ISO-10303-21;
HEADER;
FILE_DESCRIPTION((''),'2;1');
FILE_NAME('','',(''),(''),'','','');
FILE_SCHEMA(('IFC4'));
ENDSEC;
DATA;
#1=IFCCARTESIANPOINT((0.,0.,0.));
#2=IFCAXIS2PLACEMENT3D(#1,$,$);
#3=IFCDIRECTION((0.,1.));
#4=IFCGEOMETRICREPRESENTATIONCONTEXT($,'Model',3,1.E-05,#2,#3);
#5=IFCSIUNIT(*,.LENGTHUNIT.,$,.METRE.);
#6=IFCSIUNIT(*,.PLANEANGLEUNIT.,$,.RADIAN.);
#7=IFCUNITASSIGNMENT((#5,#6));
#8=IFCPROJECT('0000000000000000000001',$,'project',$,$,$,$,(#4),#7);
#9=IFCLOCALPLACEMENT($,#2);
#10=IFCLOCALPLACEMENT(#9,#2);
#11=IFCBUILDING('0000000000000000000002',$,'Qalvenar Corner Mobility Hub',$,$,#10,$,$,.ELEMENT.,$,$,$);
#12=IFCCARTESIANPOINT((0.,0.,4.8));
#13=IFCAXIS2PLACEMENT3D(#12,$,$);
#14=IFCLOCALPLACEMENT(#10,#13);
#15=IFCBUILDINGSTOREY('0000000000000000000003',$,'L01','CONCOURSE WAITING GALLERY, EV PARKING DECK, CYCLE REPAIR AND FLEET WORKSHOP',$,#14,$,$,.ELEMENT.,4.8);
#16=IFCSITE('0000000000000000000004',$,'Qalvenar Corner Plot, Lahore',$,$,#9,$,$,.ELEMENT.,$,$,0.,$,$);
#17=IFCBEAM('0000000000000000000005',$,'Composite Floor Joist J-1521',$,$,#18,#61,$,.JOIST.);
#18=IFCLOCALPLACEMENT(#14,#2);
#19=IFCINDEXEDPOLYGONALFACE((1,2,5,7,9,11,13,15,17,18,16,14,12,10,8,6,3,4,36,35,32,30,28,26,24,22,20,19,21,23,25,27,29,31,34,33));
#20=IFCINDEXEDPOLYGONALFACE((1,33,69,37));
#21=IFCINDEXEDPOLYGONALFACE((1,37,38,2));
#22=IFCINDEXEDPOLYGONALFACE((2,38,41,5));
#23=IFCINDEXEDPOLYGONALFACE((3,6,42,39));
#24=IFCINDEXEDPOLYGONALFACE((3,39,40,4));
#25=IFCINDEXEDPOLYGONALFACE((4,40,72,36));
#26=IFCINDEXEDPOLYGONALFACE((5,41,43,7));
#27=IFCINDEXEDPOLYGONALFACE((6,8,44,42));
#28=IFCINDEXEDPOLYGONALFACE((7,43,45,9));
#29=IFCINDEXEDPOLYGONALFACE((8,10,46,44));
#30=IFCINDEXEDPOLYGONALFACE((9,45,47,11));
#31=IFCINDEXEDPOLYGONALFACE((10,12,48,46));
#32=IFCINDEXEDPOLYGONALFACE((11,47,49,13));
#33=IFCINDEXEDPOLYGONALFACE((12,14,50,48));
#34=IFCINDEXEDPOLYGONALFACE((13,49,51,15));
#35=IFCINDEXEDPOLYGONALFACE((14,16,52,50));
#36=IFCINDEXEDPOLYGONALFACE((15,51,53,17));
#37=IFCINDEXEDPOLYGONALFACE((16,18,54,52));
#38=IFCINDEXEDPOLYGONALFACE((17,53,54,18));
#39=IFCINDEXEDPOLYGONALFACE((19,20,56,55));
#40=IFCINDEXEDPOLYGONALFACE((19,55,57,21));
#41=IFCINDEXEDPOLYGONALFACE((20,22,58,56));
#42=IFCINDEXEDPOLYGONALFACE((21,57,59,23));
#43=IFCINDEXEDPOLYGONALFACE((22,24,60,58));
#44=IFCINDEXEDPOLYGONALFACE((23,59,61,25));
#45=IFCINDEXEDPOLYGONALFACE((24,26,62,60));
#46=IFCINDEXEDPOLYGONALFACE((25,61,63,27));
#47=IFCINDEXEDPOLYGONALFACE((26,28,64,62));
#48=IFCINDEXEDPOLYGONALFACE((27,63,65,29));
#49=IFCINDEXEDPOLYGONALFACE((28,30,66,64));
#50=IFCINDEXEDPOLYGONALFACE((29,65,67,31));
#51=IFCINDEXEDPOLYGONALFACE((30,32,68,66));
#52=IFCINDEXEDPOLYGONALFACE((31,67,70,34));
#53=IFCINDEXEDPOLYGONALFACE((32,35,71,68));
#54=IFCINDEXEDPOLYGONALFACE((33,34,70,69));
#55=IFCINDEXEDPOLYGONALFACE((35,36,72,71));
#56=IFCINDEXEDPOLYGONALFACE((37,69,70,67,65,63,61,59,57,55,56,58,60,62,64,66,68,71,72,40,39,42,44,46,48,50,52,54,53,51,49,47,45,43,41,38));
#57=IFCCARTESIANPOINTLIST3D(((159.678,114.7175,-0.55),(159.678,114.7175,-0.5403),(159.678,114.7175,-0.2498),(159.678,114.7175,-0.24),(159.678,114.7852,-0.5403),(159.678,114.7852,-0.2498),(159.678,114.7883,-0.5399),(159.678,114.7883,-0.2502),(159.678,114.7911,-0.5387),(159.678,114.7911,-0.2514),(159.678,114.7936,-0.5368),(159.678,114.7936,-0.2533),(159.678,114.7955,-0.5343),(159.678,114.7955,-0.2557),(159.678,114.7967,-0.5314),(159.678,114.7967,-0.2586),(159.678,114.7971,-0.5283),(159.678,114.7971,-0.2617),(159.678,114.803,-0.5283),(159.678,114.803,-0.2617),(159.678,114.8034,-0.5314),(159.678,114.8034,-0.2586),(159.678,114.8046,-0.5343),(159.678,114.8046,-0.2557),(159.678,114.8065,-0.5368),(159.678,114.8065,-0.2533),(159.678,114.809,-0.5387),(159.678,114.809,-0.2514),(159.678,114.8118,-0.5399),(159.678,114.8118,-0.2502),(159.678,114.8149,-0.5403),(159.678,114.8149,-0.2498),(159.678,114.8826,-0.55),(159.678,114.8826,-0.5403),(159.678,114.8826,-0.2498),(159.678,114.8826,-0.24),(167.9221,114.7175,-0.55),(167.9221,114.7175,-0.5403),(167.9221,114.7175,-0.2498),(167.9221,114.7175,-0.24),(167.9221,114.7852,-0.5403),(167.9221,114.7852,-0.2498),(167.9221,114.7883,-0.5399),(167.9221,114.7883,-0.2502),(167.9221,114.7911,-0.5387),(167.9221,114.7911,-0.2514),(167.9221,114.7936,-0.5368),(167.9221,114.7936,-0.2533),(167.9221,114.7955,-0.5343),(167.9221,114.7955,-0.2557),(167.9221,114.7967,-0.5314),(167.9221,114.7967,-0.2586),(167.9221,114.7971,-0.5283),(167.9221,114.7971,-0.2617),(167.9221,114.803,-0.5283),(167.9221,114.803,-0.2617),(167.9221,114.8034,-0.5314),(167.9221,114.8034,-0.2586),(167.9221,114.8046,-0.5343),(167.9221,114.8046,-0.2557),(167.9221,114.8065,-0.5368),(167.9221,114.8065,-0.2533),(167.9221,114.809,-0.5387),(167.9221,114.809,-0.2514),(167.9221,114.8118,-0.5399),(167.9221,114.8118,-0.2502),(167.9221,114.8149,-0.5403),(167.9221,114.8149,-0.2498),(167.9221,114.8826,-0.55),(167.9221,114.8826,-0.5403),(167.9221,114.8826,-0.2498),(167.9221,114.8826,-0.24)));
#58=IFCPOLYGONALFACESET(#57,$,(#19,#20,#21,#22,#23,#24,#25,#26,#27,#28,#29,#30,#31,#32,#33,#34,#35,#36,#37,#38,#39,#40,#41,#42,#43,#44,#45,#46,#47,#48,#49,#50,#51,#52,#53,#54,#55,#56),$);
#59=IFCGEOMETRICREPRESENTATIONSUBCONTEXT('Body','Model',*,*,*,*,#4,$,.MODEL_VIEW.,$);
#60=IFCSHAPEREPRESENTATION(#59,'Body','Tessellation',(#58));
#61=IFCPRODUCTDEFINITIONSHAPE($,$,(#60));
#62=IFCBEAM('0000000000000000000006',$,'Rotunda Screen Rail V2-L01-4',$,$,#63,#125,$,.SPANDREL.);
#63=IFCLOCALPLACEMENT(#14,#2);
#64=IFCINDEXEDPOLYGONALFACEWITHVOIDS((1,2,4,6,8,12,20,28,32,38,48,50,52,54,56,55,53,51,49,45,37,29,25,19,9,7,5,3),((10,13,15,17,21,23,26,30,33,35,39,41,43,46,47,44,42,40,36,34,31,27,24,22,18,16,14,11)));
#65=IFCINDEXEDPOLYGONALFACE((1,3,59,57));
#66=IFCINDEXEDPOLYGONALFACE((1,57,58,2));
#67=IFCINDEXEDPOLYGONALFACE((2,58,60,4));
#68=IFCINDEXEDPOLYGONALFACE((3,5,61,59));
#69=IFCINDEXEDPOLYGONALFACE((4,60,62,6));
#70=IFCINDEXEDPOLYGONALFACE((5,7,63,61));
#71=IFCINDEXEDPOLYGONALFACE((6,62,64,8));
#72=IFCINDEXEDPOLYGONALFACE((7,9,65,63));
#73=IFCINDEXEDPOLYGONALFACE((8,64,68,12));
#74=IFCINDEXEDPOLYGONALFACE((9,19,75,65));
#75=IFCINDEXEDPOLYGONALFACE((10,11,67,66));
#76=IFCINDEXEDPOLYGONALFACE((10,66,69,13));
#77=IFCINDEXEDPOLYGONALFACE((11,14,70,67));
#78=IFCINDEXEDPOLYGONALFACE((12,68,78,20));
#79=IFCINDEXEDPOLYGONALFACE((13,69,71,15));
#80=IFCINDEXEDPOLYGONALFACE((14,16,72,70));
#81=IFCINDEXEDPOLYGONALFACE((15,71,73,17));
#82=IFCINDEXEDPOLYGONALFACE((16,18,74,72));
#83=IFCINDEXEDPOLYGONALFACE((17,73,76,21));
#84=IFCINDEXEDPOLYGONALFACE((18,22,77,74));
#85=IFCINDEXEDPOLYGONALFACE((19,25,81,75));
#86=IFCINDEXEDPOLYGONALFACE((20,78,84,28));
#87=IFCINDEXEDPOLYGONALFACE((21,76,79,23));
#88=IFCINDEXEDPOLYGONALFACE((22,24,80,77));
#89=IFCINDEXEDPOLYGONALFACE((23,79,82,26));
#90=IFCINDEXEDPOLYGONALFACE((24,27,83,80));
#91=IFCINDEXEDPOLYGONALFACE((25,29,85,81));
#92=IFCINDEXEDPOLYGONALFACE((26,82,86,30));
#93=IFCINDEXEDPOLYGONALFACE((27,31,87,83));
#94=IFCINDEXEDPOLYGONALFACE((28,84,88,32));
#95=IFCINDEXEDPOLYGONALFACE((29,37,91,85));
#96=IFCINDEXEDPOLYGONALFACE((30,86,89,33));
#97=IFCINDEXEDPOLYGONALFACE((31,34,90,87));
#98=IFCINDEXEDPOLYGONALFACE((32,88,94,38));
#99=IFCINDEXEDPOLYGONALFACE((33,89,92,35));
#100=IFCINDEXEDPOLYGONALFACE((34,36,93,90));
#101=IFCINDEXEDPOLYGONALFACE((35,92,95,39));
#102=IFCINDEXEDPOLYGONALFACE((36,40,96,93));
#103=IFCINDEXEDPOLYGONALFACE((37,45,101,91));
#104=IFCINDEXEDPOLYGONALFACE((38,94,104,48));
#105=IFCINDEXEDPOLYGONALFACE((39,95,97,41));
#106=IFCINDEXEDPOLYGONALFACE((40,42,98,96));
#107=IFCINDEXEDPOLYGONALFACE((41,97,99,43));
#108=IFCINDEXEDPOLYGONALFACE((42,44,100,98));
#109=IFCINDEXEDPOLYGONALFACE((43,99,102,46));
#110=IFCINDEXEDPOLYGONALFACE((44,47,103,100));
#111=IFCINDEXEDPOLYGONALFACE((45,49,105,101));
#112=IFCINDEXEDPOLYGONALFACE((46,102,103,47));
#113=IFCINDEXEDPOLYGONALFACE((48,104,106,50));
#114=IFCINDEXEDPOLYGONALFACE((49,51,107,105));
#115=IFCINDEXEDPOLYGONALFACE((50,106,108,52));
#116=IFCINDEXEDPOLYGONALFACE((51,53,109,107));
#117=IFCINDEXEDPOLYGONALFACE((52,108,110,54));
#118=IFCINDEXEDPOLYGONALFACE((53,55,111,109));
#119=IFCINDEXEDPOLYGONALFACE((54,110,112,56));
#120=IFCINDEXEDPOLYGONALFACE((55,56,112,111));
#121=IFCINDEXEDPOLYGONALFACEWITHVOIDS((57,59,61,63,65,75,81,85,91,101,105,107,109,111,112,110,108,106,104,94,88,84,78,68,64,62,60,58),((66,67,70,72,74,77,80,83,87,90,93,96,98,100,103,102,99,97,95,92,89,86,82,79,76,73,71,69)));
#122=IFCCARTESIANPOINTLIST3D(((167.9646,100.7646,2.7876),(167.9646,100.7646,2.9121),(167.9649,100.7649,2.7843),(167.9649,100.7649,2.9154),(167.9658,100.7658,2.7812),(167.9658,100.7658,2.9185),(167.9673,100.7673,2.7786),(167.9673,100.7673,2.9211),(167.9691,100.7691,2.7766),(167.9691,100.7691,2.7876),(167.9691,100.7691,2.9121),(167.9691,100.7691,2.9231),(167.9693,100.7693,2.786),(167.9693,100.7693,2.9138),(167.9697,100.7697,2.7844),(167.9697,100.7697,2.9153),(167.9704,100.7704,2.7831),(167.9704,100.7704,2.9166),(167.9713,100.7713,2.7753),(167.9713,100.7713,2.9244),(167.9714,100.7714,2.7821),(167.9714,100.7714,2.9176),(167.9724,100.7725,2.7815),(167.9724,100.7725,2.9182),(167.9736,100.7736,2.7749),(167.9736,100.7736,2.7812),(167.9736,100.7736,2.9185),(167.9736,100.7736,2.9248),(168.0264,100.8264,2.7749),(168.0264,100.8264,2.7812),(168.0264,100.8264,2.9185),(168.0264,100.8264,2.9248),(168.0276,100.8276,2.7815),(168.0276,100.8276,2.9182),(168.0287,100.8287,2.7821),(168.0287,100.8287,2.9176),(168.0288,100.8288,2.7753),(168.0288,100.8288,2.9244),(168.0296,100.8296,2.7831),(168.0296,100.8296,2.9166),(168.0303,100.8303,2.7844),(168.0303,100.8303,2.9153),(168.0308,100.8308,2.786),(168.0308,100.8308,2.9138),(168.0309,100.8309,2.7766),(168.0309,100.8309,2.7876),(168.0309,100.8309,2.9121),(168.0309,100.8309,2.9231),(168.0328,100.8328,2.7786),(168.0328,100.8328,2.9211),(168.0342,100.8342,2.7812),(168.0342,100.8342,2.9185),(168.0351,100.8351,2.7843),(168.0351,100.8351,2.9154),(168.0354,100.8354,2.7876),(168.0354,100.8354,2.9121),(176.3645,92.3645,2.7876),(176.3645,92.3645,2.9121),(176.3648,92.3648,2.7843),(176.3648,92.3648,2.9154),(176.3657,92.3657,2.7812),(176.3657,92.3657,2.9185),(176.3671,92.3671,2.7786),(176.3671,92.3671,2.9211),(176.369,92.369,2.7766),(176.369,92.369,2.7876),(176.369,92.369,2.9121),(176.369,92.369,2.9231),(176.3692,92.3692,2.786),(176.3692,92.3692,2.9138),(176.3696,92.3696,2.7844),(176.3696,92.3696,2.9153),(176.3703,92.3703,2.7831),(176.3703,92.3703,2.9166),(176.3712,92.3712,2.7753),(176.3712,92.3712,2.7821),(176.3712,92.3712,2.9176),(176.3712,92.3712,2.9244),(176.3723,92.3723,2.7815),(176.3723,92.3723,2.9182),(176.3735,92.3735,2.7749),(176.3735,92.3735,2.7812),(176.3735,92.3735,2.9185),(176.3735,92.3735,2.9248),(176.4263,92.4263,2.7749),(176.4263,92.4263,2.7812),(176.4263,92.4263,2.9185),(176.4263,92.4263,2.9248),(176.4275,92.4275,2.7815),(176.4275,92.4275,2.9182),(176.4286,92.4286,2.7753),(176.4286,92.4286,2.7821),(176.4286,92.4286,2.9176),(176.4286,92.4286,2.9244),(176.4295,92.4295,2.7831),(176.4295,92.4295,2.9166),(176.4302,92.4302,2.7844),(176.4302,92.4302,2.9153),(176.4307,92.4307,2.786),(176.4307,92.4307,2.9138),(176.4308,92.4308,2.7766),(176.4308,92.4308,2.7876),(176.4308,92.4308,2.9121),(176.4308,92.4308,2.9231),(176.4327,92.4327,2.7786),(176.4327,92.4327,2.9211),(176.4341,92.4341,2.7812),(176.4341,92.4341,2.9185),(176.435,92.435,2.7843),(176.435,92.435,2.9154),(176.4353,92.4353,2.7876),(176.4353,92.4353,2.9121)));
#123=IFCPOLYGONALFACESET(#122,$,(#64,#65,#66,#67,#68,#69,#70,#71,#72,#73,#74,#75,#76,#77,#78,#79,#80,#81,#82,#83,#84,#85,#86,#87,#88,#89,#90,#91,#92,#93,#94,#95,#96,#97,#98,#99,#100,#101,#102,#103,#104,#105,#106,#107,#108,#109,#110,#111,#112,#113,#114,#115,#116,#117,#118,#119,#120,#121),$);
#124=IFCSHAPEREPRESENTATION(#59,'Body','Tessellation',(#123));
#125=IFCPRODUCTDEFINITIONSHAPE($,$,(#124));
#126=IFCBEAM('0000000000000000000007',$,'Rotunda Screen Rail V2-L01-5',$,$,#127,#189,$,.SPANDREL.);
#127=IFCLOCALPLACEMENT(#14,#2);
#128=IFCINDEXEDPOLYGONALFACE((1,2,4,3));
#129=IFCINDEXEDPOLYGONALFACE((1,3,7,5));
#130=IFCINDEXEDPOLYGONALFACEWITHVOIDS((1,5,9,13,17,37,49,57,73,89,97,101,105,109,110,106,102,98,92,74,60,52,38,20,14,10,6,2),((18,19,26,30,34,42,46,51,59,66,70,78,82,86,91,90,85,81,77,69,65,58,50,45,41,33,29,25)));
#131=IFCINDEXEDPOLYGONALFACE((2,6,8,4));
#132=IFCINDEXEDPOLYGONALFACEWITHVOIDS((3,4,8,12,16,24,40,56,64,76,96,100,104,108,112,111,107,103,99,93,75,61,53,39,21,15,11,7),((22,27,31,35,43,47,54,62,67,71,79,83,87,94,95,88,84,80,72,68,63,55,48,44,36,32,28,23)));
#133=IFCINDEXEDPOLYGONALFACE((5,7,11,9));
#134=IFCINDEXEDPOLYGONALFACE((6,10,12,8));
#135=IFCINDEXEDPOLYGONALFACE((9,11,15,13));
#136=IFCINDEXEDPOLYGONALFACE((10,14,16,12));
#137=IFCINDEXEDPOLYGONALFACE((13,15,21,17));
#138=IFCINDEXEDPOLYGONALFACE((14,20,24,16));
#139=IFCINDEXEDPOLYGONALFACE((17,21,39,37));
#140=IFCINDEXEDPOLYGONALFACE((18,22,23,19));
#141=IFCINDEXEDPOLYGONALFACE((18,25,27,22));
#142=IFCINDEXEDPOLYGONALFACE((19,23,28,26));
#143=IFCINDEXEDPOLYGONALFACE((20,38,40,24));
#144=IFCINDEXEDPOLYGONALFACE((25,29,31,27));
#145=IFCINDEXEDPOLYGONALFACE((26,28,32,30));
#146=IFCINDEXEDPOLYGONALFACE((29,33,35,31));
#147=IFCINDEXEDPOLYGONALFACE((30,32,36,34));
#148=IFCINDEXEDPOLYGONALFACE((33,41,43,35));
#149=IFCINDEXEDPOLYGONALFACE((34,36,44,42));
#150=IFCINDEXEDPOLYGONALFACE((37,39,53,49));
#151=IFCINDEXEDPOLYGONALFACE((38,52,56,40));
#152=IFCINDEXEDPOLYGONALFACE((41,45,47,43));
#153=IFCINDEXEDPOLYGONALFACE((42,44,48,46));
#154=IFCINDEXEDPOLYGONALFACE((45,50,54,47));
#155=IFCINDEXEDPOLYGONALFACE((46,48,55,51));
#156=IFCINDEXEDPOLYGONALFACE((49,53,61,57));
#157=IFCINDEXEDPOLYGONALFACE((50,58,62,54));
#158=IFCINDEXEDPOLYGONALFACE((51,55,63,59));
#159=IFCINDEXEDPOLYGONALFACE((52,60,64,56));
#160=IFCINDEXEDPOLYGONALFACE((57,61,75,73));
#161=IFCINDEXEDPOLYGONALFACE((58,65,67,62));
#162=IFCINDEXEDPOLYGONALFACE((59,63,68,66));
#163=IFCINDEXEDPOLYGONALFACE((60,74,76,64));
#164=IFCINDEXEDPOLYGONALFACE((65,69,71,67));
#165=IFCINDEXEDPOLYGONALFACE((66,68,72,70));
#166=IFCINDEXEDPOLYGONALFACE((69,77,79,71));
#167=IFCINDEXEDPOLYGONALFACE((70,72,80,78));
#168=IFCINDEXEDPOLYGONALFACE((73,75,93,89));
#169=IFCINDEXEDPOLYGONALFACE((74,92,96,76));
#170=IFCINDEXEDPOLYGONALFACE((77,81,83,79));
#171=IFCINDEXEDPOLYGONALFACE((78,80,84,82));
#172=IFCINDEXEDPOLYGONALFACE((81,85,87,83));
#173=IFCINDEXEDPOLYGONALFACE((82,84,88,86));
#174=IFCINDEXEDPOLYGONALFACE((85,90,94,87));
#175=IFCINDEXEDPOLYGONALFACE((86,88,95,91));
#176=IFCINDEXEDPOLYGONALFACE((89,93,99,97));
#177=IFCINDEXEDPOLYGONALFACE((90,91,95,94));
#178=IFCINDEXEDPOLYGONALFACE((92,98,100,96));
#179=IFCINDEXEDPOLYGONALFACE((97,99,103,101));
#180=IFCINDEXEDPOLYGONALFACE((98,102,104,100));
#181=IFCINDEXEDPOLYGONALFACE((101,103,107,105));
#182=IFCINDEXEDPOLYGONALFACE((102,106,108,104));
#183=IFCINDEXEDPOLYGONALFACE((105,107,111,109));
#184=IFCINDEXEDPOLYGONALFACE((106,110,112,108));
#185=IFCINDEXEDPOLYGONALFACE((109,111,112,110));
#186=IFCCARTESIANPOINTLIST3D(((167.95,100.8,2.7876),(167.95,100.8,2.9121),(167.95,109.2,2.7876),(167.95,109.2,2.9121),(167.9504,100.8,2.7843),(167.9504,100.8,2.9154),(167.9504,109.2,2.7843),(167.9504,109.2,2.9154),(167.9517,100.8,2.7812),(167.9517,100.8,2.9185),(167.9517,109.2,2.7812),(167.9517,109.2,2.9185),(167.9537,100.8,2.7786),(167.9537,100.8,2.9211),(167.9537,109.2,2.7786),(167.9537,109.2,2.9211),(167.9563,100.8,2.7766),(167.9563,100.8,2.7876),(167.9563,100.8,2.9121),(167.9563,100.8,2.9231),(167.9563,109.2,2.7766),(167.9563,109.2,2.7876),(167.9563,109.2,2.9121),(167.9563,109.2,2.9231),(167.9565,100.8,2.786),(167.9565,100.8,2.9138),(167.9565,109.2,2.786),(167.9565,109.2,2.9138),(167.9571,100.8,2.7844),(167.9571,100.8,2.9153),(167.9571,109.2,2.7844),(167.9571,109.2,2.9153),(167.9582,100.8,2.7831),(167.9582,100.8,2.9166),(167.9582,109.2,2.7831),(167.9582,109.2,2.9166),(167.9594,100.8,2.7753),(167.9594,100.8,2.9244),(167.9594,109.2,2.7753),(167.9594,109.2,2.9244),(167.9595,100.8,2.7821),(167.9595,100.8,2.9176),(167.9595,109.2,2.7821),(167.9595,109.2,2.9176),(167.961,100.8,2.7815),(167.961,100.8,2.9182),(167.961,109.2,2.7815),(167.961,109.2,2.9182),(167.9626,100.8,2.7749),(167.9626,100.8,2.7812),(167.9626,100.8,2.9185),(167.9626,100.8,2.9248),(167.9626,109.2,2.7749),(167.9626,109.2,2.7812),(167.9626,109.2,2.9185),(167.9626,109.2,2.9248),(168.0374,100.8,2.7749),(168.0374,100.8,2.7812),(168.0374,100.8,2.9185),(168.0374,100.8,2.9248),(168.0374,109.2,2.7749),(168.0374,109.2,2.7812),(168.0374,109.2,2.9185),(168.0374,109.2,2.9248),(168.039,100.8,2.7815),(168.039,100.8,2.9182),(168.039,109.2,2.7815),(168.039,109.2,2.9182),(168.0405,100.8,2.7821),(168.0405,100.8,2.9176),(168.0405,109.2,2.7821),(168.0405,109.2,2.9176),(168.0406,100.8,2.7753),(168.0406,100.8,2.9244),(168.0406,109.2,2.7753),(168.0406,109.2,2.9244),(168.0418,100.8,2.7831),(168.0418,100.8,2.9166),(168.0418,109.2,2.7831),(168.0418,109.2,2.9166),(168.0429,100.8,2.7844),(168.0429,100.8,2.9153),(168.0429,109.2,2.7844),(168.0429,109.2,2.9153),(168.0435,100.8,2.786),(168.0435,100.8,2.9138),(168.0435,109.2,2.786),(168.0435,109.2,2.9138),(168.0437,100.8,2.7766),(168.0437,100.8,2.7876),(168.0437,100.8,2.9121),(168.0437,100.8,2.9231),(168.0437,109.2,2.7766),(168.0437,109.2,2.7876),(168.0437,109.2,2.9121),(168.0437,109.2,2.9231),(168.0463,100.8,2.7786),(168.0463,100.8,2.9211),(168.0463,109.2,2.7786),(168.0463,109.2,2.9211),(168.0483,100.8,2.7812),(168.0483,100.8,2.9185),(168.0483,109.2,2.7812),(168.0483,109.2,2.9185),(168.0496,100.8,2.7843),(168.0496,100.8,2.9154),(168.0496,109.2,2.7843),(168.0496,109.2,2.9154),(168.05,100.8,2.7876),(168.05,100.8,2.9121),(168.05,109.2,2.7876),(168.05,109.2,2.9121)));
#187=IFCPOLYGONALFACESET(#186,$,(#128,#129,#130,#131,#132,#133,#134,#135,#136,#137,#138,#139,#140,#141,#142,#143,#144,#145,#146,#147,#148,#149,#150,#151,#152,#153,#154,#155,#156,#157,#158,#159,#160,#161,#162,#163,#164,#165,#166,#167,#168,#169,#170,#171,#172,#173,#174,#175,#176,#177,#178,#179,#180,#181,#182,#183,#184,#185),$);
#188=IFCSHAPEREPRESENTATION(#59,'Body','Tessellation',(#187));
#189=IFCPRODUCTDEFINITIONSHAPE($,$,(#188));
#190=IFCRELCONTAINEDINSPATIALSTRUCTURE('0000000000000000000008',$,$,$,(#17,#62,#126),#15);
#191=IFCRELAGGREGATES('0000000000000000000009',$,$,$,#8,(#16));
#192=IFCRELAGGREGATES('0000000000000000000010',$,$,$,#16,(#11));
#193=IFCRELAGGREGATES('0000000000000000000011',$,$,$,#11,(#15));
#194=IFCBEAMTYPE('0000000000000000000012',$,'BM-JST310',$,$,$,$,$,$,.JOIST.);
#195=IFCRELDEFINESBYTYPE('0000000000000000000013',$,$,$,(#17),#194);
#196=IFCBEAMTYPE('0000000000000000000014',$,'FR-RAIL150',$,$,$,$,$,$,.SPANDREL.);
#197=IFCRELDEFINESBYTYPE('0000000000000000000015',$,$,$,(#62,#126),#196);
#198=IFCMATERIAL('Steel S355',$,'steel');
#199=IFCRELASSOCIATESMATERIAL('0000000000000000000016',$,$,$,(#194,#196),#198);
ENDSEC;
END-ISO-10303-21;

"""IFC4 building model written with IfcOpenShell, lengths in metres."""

from ifc_helpers import new_model, si_unit, direction, frame, origin, origin_2d, place, context, subcontext, project, spatial, hollow_rectangle, i_section, extrude, material, material_profile, profile_set, type_object, element, save


model = new_model("IFC4")

# Units and contexts
model_context = context("Model", 3, precision=1e-05, world=origin(), true_north=direction((0.0, 1.0)))
body_context = subcontext(model_context, "Body", "Model", "MODEL_VIEW")
ifc_project = project(units=[si_unit("LENGTHUNIT", "METRE"), si_unit("PLANEANGLEUNIT", "RADIAN")], contexts=[model_context])

# Site, building, storey
site_placement = place(None, origin())
site = spatial("IfcSite", under=ifc_project, at=site_placement, Name="Qalvenar Corner Plot, Lahore", CompositionType="ELEMENT", RefElevation=0.0)
building_placement = place(site_placement, origin())
building = spatial("IfcBuilding", under=site, at=building_placement, Name="Qalvenar Corner Mobility Hub", CompositionType="ELEMENT")
storey_placement = place(building_placement, frame((0.0, 0.0, 4.8)))
storey = spatial("IfcBuildingStorey", under=building, at=storey_placement, Name="L01", Description="CONCOURSE WAITING GALLERY, EV PARKING DECK, CYCLE REPAIR AND FLEET WORKSHOP", CompositionType="ELEMENT", Elevation=4.8)

# Shared definitions
ifc_material_1 = material(Name="Steel S355", Category="steel")

# Beams
ifc_material_profile_1 = material_profile(ifc_material_1, i_section(OverallWidth=0.165, OverallDepth=0.3101, WebThickness=0.0059, FlangeThickness=0.0098, FilletRadius=0.012, at=origin_2d()), Name="W310x38.7")
ifc_profile_set_1 = profile_set([ifc_material_profile_1], Name="Steel S355")
beam_type_1 = type_object("IfcBeamType", Name="BM-JST310", PredefinedType="JOIST", material=ifc_profile_set_1)
for number, where, z_axis, x_axis, name in (
    (1, (159.678, 114.8, -0.395), (1.0, 0.0, 0.0), (0.0, 1.0, 0.0), "Composite Floor Joist J-1521"),
):
    element("IfcBeam", number, at=place(storey_placement, frame(where, z_axis=z_axis, x_axis=x_axis)), inside=storey, type_object=beam_type_1, Name=name, PredefinedType="JOIST", context=body_context, shape_type="SweptSolid", body=[
        extrude(i_section(OverallWidth=0.165, OverallDepth=0.3101, WebThickness=0.0059, FlangeThickness=0.0098, FilletRadius=0.012, at=origin_2d()), origin(), (0.0, 0.0, 1.0), 8.2441),
    ])
ifc_material_profile_2 = material_profile(ifc_material_1, hollow_rectangle(XDim=0.1001, YDim=0.1499, WallThickness=0.0063, InnerFilletRadius=0.0063, OuterFilletRadius=0.0127, at=origin_2d()), Name="RHS150x100x6.3")
ifc_profile_set_2 = profile_set([ifc_material_profile_2], Name="Steel S355")
beam_type_2 = type_object("IfcBeamType", Name="FR-RAIL150", PredefinedType="SPANDREL", material=ifc_profile_set_2)
beam_1_placement = place(storey_placement, frame((176.3999, 92.3999, 2.8499), z_axis=(-0.707097, 0.707117, 0.0), x_axis=(-0.707117, -0.707097, 0.0)))
element("IfcBeam", 2, at=beam_1_placement, inside=storey, type_object=beam_type_2, Name="Rotunda Screen Rail V2-L01-4", PredefinedType="SPANDREL", context=body_context, shape_type="SweptSolid", body=[
    extrude(hollow_rectangle(XDim=0.1001, YDim=0.1499, WallThickness=0.0063, InnerFilletRadius=0.0063, OuterFilletRadius=0.0127, at=origin_2d()), origin(), (0.0, 0.0, 1.0), 11.8794),
])
beam_2_placement = place(storey_placement, frame((168.0, 100.8, 2.8499), z_axis=(0.0, 1.0, 0.0), x_axis=(-1.0, 0.0, 0.0)))
element("IfcBeam", 3, at=beam_2_placement, inside=storey, type_object=beam_type_2, Name="Rotunda Screen Rail V2-L01-5", PredefinedType="SPANDREL", context=body_context, shape_type="SweptSolid", body=[
    extrude(hollow_rectangle(XDim=0.1001, YDim=0.1499, WallThickness=0.0063, InnerFilletRadius=0.0063, OuterFilletRadius=0.0127, at=origin_2d()), origin(), (0.0, 0.0, 1.0), 8.3999),
])

save(model, "model.ifc")
